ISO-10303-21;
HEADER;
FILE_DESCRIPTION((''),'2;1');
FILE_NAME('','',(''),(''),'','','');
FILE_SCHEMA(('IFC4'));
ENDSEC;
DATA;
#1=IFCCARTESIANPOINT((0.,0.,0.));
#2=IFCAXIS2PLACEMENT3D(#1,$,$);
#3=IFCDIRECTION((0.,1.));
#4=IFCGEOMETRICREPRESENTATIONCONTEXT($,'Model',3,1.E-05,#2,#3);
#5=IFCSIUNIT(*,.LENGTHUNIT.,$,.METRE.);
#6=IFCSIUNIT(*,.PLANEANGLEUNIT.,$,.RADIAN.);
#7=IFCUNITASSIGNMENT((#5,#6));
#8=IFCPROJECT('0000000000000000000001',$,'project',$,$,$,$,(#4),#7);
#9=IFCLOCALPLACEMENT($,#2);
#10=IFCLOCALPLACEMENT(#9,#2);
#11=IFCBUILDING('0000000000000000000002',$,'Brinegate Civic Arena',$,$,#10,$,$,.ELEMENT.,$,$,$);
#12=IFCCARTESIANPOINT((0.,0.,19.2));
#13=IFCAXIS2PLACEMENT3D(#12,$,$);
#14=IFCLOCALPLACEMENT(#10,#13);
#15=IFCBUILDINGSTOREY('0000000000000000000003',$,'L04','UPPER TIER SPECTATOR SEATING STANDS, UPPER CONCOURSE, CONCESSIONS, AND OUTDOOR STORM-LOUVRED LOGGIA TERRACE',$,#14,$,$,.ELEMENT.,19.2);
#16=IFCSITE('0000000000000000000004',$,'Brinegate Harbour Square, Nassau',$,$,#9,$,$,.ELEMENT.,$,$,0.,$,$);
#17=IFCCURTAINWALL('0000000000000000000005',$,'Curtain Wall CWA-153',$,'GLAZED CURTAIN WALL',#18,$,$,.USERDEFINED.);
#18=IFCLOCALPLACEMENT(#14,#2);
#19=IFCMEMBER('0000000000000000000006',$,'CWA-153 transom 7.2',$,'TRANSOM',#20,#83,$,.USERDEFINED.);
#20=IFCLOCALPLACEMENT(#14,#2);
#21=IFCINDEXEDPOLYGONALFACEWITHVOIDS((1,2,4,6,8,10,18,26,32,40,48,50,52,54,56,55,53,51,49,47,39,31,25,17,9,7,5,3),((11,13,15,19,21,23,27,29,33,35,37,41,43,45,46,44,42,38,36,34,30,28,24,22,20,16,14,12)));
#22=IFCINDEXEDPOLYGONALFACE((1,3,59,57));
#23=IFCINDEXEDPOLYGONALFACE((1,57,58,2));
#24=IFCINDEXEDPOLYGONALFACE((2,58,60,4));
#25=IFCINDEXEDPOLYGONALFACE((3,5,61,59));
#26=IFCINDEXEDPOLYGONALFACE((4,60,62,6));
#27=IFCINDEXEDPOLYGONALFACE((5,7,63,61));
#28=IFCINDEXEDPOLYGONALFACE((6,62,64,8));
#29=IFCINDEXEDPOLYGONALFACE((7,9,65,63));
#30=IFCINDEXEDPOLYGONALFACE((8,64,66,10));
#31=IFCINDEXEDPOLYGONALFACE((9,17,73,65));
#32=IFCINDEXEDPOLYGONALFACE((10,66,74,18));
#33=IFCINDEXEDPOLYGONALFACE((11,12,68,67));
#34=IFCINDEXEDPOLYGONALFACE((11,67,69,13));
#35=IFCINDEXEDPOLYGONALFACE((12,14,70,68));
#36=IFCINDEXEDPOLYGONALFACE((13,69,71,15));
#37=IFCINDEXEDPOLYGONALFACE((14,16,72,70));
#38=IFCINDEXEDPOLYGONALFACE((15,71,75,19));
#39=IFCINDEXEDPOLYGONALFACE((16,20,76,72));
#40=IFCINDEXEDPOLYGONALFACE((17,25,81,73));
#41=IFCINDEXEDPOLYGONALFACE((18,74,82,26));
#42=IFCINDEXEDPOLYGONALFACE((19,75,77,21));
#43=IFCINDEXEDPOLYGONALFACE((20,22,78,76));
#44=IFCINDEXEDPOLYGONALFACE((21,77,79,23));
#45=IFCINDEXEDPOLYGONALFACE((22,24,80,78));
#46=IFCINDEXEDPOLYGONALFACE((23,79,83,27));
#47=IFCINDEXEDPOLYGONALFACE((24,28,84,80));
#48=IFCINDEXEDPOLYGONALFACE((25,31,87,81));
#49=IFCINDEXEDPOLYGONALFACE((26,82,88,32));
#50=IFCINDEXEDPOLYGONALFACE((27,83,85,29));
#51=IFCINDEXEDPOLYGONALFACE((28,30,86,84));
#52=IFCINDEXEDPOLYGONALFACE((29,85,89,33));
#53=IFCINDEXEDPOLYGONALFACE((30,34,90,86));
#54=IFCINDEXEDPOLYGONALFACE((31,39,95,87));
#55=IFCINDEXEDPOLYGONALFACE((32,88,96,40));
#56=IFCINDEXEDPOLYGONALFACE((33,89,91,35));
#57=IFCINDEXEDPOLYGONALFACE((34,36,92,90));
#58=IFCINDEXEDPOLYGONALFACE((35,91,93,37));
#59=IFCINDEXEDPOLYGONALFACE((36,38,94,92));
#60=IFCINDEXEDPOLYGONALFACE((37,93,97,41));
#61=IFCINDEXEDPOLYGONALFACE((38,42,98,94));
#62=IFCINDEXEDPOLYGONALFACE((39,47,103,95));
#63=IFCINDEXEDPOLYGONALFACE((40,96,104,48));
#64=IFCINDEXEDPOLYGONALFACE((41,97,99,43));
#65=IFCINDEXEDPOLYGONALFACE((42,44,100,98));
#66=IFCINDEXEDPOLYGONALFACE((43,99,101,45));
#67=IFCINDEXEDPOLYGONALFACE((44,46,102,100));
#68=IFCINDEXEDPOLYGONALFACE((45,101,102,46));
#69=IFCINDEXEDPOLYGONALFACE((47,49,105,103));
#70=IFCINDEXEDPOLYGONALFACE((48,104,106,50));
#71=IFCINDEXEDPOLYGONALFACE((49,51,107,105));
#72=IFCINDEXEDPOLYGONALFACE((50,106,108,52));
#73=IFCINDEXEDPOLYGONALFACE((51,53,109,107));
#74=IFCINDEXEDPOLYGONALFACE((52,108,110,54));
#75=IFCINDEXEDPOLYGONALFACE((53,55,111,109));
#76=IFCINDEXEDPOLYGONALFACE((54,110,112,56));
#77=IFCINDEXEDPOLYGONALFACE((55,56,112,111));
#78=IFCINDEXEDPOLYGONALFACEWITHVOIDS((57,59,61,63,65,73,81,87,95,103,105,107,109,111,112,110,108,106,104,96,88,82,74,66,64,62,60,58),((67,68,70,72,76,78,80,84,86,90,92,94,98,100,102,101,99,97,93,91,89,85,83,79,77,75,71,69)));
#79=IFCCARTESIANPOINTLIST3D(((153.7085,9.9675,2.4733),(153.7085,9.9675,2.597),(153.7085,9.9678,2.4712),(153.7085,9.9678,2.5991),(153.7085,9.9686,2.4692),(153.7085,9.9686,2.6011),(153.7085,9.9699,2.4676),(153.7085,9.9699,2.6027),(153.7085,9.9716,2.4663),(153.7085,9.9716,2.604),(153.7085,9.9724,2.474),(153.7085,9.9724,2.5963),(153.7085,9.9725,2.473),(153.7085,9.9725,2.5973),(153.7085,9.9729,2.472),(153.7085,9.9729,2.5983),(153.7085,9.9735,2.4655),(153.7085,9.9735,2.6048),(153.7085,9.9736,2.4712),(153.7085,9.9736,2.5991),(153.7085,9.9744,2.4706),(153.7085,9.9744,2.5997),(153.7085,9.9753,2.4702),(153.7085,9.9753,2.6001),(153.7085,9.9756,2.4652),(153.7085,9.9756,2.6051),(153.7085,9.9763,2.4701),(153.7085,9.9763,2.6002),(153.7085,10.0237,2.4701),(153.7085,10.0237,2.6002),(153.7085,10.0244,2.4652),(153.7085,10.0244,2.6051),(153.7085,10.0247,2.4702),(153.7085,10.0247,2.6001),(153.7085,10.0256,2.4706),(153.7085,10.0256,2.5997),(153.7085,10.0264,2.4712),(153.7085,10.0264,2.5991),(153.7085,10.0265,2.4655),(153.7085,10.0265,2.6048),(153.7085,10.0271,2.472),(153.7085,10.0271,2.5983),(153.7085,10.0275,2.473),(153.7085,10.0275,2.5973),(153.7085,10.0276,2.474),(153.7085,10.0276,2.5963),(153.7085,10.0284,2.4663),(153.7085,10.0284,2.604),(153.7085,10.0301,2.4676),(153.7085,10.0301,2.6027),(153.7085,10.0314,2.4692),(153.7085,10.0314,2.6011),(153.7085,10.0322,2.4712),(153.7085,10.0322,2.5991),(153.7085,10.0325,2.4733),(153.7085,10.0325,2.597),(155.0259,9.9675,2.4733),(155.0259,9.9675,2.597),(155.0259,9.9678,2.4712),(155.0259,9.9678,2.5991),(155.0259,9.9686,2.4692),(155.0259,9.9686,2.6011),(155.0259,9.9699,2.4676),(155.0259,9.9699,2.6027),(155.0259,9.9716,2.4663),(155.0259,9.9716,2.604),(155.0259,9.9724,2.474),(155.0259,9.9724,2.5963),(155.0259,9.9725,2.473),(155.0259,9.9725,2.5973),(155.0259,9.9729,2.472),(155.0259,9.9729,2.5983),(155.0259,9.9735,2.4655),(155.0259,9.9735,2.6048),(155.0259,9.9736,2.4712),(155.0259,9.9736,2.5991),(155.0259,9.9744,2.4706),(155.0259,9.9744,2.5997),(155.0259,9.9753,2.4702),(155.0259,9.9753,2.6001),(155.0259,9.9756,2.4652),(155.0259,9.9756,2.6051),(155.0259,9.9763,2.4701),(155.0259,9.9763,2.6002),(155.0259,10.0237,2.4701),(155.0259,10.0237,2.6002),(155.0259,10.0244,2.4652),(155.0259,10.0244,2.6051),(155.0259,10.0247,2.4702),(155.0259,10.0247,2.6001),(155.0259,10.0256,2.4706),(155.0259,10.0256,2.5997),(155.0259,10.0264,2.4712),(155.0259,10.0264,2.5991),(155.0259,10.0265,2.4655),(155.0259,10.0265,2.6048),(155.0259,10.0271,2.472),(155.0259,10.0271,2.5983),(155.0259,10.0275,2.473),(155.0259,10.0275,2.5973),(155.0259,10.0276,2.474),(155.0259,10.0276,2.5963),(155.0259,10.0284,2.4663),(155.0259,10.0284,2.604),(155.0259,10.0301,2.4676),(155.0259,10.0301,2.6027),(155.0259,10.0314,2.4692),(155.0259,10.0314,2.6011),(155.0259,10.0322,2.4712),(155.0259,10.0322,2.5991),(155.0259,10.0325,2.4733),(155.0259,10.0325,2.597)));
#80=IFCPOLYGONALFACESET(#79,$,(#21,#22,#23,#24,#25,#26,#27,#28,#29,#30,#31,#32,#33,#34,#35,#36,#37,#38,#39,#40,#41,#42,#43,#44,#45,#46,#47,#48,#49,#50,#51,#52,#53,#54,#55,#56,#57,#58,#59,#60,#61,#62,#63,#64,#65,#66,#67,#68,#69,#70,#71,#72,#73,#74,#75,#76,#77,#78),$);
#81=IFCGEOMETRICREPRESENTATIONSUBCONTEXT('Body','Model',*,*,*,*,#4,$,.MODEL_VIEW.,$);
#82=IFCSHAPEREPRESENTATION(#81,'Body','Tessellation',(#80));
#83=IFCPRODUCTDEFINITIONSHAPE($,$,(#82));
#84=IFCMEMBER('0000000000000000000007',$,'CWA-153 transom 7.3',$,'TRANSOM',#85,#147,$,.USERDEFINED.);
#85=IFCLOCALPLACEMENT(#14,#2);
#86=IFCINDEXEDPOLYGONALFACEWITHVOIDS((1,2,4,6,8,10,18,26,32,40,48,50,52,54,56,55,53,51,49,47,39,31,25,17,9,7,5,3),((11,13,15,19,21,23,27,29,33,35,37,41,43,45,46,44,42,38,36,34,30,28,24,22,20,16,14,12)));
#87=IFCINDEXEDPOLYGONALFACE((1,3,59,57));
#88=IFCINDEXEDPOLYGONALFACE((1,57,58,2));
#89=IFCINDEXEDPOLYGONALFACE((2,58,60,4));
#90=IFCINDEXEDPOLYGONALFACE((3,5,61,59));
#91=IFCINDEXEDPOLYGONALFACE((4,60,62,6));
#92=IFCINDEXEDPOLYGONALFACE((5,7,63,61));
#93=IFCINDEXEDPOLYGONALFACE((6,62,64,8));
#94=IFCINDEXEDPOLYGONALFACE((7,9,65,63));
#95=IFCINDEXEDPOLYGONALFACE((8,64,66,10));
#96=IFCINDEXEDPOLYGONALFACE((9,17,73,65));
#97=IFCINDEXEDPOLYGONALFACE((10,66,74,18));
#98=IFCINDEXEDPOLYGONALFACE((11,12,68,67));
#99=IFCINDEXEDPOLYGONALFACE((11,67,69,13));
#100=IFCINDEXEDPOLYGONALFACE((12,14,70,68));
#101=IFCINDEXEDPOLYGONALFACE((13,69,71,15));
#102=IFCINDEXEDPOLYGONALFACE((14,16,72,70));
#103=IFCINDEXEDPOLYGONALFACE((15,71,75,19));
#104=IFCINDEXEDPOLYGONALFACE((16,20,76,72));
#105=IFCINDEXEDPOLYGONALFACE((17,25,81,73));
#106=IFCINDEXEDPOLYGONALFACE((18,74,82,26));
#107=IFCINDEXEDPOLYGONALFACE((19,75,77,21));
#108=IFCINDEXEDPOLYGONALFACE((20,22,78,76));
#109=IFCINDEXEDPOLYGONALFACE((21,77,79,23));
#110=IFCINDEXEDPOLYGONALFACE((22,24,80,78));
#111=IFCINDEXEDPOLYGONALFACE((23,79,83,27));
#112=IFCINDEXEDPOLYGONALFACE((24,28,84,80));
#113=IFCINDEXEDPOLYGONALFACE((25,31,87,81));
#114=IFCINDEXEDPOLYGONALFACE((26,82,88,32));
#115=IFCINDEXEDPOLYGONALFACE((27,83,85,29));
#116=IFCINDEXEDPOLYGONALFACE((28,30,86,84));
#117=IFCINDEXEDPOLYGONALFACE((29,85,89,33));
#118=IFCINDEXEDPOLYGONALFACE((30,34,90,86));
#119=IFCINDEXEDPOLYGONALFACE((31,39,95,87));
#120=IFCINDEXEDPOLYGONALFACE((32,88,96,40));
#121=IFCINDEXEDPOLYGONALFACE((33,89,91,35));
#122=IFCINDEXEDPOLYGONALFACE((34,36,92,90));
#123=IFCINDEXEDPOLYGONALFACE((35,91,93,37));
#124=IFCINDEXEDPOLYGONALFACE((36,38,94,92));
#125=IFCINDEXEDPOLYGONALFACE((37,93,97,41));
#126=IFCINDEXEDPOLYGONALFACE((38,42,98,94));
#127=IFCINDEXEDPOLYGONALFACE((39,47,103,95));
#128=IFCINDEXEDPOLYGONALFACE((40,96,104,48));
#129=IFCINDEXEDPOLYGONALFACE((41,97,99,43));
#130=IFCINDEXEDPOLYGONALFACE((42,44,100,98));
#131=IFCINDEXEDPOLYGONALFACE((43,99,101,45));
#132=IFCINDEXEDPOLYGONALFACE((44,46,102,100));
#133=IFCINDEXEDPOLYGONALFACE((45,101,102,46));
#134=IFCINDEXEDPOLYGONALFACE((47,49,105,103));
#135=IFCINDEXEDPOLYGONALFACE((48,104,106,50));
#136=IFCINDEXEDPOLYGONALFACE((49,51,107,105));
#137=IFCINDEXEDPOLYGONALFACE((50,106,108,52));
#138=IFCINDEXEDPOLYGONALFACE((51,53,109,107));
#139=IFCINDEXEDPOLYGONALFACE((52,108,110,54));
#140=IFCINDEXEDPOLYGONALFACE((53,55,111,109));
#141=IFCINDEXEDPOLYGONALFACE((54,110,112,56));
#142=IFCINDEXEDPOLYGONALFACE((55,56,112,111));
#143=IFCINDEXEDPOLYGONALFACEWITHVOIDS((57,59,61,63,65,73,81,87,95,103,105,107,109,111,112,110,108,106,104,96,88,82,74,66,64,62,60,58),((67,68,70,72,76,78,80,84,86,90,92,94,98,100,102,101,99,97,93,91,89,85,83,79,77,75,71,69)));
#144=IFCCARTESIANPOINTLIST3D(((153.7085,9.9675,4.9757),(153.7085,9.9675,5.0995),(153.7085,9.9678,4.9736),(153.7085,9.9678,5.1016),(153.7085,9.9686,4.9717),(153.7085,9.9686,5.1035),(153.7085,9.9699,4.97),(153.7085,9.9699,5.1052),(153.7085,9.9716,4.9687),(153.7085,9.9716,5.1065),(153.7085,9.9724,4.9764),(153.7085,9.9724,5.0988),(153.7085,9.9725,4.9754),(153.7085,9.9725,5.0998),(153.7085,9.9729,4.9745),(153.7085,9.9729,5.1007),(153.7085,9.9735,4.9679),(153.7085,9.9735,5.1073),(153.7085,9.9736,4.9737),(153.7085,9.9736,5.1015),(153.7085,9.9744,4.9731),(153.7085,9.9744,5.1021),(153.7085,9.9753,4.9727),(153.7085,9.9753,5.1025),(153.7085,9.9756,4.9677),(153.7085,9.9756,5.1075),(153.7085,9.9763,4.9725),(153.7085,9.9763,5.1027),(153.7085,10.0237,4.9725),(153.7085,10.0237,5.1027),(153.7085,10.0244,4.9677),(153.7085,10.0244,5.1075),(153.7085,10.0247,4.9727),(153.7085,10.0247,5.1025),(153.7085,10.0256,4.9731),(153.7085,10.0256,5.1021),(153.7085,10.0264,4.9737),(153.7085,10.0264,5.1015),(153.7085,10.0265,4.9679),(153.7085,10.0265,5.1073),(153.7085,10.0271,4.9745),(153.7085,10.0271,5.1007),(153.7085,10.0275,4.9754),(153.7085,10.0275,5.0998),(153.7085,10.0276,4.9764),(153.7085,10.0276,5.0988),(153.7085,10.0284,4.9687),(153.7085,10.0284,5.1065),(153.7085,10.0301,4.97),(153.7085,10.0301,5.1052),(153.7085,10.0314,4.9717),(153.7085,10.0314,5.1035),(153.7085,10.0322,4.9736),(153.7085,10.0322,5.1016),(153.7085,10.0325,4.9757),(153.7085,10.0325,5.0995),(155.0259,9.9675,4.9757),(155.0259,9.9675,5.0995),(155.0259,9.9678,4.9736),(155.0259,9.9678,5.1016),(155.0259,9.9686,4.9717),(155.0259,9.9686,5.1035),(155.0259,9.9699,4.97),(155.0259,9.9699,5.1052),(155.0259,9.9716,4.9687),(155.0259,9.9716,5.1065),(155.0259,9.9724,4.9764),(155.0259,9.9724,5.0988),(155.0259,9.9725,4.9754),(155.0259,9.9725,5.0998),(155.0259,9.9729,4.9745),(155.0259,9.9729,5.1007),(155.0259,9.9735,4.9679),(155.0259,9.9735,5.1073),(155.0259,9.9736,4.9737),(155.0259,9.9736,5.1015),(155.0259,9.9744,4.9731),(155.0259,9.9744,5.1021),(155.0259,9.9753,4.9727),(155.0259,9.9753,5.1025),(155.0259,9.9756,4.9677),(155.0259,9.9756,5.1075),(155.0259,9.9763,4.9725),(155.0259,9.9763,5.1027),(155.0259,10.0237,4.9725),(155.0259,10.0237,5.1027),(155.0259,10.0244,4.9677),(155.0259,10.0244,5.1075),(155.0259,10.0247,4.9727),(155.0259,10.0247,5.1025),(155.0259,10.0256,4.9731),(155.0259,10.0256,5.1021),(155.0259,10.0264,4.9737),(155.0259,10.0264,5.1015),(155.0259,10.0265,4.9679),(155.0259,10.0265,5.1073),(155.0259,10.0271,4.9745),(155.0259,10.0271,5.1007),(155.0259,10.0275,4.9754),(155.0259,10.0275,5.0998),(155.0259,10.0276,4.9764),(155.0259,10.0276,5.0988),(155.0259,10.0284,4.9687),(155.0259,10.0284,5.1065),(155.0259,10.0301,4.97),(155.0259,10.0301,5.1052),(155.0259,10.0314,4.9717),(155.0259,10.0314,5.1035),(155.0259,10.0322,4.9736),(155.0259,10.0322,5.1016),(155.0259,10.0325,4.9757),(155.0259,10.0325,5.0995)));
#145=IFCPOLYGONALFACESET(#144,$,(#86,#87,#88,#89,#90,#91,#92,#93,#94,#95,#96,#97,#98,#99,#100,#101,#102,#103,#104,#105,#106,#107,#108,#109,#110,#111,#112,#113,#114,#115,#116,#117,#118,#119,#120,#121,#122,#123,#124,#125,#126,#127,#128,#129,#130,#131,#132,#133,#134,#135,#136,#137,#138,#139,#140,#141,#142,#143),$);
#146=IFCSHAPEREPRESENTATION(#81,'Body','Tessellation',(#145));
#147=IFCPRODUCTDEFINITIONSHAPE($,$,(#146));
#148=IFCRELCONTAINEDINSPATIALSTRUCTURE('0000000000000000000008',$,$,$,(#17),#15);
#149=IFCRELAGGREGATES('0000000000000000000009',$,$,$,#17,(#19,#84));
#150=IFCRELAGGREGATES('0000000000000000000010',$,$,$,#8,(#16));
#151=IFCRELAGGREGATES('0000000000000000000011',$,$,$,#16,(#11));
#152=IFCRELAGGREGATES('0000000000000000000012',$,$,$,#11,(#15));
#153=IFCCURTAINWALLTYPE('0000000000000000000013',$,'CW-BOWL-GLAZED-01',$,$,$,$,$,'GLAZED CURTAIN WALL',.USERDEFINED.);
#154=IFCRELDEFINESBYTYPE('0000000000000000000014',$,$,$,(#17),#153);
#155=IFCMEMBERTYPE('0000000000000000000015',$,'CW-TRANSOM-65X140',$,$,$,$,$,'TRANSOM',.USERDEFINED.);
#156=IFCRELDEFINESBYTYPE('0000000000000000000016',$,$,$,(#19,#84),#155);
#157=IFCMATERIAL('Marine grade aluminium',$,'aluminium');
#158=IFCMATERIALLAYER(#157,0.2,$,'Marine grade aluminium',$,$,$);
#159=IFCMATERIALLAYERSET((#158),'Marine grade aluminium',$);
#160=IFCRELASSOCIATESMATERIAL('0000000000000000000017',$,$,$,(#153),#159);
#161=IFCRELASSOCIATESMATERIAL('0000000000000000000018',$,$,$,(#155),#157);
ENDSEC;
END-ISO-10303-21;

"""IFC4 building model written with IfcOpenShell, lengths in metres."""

from ifc_helpers import new_model, si_unit, direction, frame, origin, origin_2d, place, context, subcontext, project, spatial, hollow_rectangle, extrude, material, layer, layer_set, material_profile, profile_set, type_object, element, aggregate, save


model = new_model("IFC4")

# Units and contexts
model_context = context("Model", 3, precision=1e-05, world=origin(), true_north=direction((0.0, 1.0)))
body_context = subcontext(model_context, "Body", "Model", "MODEL_VIEW")
ifc_project = project(units=[si_unit("LENGTHUNIT", "METRE"), si_unit("PLANEANGLEUNIT", "RADIAN")], contexts=[model_context])

# Site, building, storey
site_placement = place(None, origin())
site = spatial("IfcSite", under=ifc_project, at=site_placement, Name="Brinegate Harbour Square, Nassau", CompositionType="ELEMENT", RefElevation=0.0)
building_placement = place(site_placement, origin())
building = spatial("IfcBuilding", under=site, at=building_placement, Name="Brinegate Civic Arena", CompositionType="ELEMENT")
storey_placement = place(building_placement, frame((0.0, 0.0, 19.2)))
storey = spatial("IfcBuildingStorey", under=building, at=storey_placement, Name="L04", Description="UPPER TIER SPECTATOR SEATING STANDS, UPPER CONCOURSE, CONCESSIONS, AND OUTDOOR STORM-LOUVRED LOGGIA TERRACE", CompositionType="ELEMENT", Elevation=19.2)

# Shared definitions
ifc_material_1 = material(Name="Marine grade aluminium", Category="aluminium")
ifc_layer_1 = layer(ifc_material_1, 0.2, Name="Marine grade aluminium")
ifc_layer_set_1 = layer_set([ifc_layer_1], Name="Marine grade aluminium")
curtain_wall_type = type_object("IfcCurtainWallType", Name="CW-BOWL-GLAZED-01", ElementType="GLAZED CURTAIN WALL", PredefinedType="USERDEFINED", material=ifc_layer_set_1)

# Curtain wall, members
curtain_wall_1_placement = place(storey_placement, origin())
curtain_wall_1 = element("IfcCurtainWall", 1, at=curtain_wall_1_placement, inside=storey, type_object=curtain_wall_type, Name="Curtain Wall CWA-153", ObjectType="GLAZED CURTAIN WALL", PredefinedType="USERDEFINED")
ifc_material_profile_1 = material_profile(ifc_material_1, hollow_rectangle(XDim=0.0649, YDim=0.1399, WallThickness=0.0049, InnerFilletRadius=0.0039, OuterFilletRadius=0.0081, at=origin_2d()), Name="TRN65X140")
ifc_profile_set_1 = profile_set([ifc_material_profile_1], Name="Marine grade aluminium")
member_type_1 = type_object("IfcMemberType", Name="CW-TRANSOM-65X140", ElementType="TRANSOM", PredefinedType="USERDEFINED", material=ifc_profile_set_1)
member_1_placement = place(storey_placement, frame((153.7085, 10.0, 2.5352), z_axis=(1.0, 0.0, 0.0), x_axis=(0.0, 1.0, 0.0)))
member_1 = element("IfcMember", 2, at=member_1_placement, type_object=member_type_1, Name="CWA-153 transom 7.2", ObjectType="TRANSOM", PredefinedType="USERDEFINED", context=body_context, shape_type="SweptSolid", body=[
    extrude(hollow_rectangle(XDim=0.0649, YDim=0.1399, WallThickness=0.0049, InnerFilletRadius=0.0039, OuterFilletRadius=0.0081, at=origin_2d()), origin(), (0.0, 0.0, 1.0), 1.3174),
])
member_2_placement = place(storey_placement, frame((153.7085, 10.0, 5.0376), z_axis=(1.0, 0.0, 0.0), x_axis=(0.0, 1.0, 0.0)))
member_2 = element("IfcMember", 3, at=member_2_placement, type_object=member_type_1, Name="CWA-153 transom 7.3", ObjectType="TRANSOM", PredefinedType="USERDEFINED", context=body_context, shape_type="SweptSolid", body=[
    extrude(hollow_rectangle(XDim=0.0649, YDim=0.1399, WallThickness=0.0049, InnerFilletRadius=0.0039, OuterFilletRadius=0.0081, at=origin_2d()), origin(), (0.0, 0.0, 1.0), 1.3174),
])

aggregate(curtain_wall_1, [member_1, member_2])

save(model, "model.ifc")
